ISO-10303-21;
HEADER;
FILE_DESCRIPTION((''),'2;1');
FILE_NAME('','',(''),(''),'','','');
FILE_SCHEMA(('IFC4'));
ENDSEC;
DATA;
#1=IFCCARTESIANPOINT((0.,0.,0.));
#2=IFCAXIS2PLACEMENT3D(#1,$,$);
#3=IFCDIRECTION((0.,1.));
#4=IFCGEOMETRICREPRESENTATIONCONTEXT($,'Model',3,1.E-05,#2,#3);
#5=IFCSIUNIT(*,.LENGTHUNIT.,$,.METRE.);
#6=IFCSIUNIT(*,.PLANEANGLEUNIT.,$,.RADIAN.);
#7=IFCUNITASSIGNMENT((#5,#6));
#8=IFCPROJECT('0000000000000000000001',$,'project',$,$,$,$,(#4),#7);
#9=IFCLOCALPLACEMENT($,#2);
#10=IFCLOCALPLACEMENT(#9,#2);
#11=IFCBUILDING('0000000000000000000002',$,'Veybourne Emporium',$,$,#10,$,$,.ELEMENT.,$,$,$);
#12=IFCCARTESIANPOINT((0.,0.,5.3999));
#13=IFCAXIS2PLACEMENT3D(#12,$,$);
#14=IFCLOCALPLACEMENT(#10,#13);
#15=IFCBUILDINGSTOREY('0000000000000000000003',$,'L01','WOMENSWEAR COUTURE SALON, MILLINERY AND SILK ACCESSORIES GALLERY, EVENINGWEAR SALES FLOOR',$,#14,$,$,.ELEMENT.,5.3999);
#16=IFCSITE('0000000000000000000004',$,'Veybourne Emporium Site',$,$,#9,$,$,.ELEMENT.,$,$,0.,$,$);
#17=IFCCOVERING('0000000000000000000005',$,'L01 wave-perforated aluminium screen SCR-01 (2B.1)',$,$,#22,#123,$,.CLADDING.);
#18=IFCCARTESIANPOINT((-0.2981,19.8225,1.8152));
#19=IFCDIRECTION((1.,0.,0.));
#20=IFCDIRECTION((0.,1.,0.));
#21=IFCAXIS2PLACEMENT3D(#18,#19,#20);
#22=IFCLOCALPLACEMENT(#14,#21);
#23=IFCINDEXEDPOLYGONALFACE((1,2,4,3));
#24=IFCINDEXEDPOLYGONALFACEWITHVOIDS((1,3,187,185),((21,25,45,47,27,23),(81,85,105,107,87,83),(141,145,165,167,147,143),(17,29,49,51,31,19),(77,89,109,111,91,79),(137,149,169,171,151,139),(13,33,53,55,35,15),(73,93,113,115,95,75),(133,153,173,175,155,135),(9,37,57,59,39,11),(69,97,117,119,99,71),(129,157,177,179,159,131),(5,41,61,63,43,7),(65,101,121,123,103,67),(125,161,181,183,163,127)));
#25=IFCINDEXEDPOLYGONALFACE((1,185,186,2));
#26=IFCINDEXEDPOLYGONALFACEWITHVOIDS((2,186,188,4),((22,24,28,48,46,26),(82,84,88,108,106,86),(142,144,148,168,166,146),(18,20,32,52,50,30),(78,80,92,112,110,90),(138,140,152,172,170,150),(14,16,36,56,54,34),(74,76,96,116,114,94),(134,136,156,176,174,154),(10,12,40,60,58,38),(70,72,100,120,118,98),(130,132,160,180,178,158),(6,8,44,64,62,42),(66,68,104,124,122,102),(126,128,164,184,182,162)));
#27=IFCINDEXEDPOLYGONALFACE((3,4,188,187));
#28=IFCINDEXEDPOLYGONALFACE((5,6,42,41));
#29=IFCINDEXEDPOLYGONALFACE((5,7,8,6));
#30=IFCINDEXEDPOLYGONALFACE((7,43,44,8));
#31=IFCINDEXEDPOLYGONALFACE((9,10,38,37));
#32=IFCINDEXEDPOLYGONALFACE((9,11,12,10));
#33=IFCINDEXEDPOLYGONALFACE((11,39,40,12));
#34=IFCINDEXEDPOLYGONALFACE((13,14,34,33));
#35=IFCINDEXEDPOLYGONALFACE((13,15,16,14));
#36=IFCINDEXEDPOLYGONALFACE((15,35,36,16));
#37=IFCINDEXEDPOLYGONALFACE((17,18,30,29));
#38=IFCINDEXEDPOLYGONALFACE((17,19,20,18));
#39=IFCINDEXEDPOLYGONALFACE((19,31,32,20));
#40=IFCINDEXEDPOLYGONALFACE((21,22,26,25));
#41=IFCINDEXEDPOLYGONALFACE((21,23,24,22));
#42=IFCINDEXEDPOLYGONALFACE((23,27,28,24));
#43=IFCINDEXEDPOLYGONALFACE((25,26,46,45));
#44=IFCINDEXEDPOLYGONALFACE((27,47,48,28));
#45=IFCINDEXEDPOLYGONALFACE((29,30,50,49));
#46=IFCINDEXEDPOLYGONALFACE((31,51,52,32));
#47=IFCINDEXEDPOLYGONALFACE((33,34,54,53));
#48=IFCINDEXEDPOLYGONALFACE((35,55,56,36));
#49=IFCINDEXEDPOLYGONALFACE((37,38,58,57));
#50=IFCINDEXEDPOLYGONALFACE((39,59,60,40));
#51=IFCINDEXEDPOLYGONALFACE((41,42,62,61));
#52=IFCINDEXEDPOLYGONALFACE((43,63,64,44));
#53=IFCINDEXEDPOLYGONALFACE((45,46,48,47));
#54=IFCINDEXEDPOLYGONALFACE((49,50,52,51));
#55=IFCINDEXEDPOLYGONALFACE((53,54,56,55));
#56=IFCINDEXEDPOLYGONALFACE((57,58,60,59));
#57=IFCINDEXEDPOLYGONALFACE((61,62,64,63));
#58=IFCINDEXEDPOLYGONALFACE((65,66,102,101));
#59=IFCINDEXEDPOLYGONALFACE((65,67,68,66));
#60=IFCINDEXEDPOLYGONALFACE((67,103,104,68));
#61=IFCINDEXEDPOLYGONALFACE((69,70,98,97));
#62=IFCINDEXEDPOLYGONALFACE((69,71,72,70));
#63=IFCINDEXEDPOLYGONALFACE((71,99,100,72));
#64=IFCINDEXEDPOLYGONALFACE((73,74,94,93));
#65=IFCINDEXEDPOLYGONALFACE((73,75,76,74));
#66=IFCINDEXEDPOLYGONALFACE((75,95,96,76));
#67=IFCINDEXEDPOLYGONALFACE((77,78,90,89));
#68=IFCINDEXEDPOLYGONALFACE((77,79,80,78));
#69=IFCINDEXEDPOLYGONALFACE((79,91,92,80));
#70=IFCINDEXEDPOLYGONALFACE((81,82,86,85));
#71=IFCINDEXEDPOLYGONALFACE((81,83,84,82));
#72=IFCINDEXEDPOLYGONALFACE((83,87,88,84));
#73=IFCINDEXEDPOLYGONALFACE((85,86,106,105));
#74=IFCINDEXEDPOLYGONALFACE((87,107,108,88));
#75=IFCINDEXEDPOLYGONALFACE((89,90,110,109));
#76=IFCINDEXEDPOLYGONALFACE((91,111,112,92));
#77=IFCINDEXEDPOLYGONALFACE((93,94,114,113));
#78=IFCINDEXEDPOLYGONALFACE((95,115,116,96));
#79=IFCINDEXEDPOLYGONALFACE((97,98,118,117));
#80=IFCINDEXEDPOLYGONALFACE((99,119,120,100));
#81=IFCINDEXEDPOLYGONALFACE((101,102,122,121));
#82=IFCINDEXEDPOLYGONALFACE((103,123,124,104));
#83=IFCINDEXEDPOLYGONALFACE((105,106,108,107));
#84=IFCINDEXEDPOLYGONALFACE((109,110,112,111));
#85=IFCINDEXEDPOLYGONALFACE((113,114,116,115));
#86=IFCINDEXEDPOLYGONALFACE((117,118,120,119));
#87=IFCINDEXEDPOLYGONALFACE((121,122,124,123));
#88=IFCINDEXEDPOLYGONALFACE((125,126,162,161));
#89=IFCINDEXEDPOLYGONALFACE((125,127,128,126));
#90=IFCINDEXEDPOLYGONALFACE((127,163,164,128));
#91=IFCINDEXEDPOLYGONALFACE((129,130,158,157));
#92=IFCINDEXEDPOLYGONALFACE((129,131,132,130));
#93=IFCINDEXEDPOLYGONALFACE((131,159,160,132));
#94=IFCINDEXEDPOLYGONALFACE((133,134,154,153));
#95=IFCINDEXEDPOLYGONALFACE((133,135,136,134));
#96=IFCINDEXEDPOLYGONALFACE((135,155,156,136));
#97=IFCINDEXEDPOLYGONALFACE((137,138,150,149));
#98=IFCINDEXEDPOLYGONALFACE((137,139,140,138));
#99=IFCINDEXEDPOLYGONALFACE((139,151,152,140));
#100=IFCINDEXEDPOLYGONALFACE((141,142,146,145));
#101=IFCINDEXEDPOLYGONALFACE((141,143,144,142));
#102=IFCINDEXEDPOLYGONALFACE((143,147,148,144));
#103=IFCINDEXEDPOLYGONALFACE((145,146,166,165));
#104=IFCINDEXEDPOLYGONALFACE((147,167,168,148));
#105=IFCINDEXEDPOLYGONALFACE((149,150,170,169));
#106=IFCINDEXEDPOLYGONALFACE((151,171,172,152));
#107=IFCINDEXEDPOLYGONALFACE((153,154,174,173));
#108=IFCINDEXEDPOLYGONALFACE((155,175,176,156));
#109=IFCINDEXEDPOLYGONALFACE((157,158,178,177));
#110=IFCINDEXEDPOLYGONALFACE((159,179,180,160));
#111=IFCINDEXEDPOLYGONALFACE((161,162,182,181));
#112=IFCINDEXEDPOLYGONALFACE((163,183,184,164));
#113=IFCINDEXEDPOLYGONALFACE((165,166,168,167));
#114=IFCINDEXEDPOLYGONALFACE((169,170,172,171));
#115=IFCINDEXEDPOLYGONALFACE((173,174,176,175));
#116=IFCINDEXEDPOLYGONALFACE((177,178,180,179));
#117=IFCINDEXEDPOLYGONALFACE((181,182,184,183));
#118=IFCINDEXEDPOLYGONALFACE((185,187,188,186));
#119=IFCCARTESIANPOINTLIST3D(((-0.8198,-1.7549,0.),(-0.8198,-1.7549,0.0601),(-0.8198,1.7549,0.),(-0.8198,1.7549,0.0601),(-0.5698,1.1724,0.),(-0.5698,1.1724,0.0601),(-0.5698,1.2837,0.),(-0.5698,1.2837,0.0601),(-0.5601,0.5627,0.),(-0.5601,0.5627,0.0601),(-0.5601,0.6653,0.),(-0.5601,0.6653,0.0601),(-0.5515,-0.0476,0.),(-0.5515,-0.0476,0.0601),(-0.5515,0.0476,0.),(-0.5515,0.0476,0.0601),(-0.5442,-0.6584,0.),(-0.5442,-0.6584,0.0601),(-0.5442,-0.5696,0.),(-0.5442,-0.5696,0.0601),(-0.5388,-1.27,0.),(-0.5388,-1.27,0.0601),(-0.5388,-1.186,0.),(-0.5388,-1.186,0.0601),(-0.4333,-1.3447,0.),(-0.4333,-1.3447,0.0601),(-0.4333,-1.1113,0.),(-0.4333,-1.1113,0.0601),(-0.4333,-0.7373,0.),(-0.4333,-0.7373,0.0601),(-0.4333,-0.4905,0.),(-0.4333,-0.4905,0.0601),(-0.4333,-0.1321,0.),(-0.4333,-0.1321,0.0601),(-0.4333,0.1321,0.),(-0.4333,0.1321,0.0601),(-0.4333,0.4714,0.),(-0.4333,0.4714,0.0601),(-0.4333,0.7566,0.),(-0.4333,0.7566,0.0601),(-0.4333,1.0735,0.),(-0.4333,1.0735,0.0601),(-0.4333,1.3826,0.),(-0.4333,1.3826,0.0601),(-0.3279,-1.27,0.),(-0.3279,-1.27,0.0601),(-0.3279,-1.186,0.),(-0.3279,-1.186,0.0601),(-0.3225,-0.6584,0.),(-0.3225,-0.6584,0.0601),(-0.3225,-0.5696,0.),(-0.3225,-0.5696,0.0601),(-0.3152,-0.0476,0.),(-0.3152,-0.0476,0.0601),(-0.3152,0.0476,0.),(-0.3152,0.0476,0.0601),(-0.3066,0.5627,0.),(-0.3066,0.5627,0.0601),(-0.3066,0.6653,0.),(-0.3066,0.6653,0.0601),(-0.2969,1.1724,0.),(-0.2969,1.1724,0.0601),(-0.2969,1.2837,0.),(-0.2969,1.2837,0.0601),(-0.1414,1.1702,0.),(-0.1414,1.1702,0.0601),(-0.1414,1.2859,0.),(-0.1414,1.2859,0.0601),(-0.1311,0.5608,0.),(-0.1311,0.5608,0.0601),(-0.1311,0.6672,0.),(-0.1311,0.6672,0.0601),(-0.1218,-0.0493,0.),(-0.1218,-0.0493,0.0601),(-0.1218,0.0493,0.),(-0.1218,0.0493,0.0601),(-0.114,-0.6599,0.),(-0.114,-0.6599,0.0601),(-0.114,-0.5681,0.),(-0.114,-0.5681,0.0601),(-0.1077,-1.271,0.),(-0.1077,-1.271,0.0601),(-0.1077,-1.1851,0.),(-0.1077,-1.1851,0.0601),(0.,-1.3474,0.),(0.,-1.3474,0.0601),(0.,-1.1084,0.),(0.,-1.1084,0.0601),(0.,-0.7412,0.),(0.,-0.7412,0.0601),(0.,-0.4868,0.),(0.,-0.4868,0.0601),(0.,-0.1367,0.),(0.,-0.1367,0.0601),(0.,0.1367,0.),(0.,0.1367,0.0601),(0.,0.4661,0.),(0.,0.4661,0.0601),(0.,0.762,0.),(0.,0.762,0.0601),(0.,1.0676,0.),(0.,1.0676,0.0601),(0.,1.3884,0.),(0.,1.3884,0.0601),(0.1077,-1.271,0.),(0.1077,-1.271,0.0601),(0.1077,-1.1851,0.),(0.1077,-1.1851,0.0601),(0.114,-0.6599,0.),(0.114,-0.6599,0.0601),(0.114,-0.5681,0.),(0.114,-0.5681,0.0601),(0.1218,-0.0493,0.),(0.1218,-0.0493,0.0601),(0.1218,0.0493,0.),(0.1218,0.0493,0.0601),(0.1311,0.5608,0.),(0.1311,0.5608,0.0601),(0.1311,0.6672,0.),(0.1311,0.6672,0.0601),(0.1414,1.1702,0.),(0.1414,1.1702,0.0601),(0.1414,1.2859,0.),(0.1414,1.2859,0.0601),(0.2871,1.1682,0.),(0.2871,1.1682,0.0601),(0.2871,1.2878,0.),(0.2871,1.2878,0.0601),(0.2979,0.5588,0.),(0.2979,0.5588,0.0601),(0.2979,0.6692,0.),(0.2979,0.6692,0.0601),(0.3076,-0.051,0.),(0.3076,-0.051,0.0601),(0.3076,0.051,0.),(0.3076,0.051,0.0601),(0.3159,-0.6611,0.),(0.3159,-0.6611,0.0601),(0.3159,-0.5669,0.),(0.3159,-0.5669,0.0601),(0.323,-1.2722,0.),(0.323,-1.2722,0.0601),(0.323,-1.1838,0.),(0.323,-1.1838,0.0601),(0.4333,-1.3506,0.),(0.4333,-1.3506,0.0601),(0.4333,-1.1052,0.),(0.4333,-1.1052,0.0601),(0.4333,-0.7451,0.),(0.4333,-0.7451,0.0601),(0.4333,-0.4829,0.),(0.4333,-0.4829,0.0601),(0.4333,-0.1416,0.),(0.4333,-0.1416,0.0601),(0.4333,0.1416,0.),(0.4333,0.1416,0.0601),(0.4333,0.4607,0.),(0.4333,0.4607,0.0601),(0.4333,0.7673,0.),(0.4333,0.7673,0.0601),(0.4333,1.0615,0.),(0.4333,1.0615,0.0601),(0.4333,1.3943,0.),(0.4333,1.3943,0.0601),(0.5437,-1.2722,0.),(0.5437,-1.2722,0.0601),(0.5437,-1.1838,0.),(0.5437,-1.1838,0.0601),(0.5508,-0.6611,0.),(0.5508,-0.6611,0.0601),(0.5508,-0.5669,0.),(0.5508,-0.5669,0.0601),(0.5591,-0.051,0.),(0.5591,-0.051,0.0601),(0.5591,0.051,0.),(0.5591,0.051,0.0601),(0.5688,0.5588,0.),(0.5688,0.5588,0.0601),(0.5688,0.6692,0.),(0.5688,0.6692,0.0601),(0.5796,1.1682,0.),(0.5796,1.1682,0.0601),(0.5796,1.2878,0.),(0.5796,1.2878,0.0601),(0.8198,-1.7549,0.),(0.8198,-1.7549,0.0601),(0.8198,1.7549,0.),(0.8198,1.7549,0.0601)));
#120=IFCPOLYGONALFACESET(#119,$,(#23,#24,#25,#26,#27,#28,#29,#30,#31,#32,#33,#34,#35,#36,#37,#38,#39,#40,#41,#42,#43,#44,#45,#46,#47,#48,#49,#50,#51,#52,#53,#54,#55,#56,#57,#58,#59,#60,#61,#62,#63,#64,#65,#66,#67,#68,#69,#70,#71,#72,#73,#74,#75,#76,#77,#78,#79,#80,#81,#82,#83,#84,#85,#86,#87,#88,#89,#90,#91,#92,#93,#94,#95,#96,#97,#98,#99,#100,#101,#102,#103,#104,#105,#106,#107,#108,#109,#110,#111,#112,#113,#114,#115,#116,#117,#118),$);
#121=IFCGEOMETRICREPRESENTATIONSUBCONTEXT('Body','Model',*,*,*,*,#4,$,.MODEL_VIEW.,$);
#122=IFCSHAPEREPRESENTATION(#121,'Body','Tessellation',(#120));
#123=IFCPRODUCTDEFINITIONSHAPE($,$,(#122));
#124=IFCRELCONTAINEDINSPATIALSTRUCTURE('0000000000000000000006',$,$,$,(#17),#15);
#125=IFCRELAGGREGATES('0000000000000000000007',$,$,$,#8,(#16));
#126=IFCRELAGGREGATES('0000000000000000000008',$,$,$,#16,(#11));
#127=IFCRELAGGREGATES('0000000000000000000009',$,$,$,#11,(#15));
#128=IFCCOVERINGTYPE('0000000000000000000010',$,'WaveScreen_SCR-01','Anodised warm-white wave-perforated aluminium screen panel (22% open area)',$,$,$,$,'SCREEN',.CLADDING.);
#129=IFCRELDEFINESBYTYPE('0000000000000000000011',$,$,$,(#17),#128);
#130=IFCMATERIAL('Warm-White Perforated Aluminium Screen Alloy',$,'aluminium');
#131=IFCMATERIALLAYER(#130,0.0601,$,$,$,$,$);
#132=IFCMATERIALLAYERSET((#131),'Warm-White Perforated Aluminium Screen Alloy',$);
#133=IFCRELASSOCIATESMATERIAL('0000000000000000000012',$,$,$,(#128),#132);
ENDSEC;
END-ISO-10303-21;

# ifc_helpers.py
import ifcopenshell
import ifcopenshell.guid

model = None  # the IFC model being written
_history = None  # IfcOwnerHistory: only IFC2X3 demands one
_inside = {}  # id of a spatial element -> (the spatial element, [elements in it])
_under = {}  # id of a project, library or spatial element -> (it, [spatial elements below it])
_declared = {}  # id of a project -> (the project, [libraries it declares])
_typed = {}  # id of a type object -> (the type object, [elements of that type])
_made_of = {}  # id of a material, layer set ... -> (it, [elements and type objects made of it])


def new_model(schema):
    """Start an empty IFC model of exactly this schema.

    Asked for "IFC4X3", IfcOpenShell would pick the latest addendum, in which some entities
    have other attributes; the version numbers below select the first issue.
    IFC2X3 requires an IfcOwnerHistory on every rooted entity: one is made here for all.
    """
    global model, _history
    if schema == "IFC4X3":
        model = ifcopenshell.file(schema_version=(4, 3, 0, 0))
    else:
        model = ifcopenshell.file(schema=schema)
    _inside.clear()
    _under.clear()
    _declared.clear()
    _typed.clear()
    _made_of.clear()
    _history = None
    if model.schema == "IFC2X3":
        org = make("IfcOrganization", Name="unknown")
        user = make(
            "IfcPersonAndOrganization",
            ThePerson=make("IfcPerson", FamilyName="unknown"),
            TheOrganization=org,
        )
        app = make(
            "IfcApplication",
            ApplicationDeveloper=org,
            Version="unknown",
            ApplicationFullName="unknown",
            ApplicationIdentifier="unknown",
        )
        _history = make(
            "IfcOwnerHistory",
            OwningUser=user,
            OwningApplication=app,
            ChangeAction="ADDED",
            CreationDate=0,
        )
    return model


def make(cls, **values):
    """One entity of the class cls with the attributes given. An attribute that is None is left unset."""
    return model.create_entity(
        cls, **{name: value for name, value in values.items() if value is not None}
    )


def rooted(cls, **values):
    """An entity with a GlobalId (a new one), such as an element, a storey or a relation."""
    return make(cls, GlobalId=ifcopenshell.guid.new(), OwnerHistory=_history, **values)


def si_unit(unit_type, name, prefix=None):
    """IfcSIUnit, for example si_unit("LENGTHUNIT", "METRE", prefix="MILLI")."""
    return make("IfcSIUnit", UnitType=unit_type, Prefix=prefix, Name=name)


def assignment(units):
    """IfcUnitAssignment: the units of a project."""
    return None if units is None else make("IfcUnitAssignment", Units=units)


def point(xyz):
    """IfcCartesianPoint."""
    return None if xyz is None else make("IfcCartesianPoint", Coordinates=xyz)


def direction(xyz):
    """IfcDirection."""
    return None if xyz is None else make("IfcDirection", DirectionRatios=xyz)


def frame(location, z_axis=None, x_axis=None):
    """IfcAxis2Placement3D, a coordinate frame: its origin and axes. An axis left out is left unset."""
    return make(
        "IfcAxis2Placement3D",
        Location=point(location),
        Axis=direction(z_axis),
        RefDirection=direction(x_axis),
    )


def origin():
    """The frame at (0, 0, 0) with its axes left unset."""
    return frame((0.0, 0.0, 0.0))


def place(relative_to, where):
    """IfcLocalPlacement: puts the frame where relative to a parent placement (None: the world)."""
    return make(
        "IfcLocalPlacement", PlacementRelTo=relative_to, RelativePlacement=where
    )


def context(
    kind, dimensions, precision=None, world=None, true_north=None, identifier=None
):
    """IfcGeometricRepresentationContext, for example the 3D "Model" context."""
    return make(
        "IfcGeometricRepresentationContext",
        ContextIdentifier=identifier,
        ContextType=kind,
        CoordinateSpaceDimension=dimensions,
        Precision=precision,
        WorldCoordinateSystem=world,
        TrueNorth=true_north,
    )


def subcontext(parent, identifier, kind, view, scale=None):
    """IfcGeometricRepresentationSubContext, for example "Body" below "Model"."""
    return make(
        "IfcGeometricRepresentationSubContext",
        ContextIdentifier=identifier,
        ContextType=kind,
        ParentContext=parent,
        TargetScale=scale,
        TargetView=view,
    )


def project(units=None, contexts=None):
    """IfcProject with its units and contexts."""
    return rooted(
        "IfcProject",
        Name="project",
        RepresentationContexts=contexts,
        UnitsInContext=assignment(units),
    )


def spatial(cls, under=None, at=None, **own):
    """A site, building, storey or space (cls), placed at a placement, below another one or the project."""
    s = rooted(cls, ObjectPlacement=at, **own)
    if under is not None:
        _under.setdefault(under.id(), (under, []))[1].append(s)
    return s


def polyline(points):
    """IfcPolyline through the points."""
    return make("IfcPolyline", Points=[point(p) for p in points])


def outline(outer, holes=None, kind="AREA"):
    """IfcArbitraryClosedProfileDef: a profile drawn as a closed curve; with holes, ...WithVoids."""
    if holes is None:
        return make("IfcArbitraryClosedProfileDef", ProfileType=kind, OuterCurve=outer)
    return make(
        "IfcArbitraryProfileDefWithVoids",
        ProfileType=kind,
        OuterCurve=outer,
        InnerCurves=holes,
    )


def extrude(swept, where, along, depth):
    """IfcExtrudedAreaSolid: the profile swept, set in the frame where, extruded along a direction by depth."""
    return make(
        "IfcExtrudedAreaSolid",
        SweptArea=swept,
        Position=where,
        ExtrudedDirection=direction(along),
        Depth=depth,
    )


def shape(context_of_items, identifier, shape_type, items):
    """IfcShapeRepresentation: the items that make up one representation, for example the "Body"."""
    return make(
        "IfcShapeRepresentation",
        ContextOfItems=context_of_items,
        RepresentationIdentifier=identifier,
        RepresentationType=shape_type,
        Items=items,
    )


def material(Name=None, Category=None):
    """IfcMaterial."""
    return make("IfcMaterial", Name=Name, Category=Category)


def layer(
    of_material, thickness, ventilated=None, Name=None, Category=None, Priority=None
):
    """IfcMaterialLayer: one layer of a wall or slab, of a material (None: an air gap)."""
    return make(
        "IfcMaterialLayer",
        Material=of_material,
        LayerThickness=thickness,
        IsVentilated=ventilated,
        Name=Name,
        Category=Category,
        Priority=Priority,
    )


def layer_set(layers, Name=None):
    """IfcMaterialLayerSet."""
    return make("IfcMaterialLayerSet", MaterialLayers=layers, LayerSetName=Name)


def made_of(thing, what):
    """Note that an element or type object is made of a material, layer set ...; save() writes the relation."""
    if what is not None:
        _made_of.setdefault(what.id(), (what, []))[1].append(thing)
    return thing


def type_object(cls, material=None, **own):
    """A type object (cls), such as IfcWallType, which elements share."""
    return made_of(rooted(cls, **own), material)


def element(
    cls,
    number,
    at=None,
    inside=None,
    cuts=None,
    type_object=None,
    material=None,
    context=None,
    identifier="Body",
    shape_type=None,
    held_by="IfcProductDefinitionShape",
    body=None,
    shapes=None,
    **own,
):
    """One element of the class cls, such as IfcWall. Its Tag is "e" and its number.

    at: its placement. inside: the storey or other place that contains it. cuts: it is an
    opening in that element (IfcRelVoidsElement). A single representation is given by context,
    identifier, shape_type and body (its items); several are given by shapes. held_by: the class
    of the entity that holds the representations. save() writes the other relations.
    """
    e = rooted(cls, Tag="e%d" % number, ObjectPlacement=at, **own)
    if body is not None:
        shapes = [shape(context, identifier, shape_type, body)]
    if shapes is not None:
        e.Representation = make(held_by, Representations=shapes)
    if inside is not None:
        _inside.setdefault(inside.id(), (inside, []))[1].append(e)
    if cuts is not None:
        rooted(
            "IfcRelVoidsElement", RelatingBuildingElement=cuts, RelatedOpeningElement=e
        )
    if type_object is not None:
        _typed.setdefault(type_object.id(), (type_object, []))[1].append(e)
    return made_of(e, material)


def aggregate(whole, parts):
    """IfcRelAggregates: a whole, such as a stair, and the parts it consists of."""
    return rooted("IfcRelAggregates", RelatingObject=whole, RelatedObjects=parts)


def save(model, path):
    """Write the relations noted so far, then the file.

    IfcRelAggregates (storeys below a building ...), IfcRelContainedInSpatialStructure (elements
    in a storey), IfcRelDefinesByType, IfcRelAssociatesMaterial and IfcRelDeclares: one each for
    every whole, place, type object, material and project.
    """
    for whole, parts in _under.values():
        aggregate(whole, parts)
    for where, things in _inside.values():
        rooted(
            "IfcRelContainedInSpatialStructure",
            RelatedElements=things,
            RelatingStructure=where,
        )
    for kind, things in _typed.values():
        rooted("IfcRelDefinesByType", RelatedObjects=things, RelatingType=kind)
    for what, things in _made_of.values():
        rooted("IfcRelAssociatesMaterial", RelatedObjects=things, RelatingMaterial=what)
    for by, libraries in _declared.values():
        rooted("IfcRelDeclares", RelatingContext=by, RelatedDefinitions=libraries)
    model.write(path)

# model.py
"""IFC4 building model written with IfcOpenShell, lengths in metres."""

from ifc_helpers import new_model, si_unit, direction, frame, origin, place, context, subcontext, project, spatial, polyline, outline, extrude, material, layer, layer_set, type_object, element, save


model = new_model("IFC4")

# Units and contexts
model_context = context("Model", 3, precision=1e-05, world=origin(), true_north=direction((0.0, 1.0)))
body_context = subcontext(model_context, "Body", "Model", "MODEL_VIEW")
ifc_project = project(units=[si_unit("LENGTHUNIT", "METRE"), si_unit("PLANEANGLEUNIT", "RADIAN")], contexts=[model_context])

# Site, building, storey
site_placement = place(None, origin())
site = spatial("IfcSite", under=ifc_project, at=site_placement, Name="Veybourne Emporium Site", CompositionType="ELEMENT", RefElevation=0.0)
building_placement = place(site_placement, origin())
building = spatial("IfcBuilding", under=site, at=building_placement, Name="Veybourne Emporium", CompositionType="ELEMENT")
storey_placement = place(building_placement, frame((0.0, 0.0, 5.3999)))
storey = spatial("IfcBuildingStorey", under=building, at=storey_placement, Name="L01", Description="WOMENSWEAR COUTURE SALON, MILLINERY AND SILK ACCESSORIES GALLERY, EVENINGWEAR SALES FLOOR", CompositionType="ELEMENT", Elevation=5.3999)

# Covering
ifc_material_1 = material(Name="Warm-White Perforated Aluminium Screen Alloy", Category="aluminium")
ifc_layer_1 = layer(ifc_material_1, 0.0601)
ifc_layer_set_1 = layer_set([ifc_layer_1], Name="Warm-White Perforated Aluminium Screen Alloy")
covering_type = type_object("IfcCoveringType", Name="WaveScreen_SCR-01", Description="Anodised warm-white wave-perforated aluminium screen panel (22% open area)", ElementType="SCREEN", PredefinedType="CLADDING", material=ifc_layer_set_1)
covering_1_placement = place(storey_placement, frame((-0.2981, 19.8225, 1.8152), z_axis=(1.0, 0.0, 0.0), x_axis=(0.0, 1.0, 0.0)))
element("IfcCovering", 1, at=covering_1_placement, inside=storey, type_object=covering_type, Name="L01 wave-perforated aluminium screen SCR-01 (2B.1)", PredefinedType="CLADDING", context=body_context, shape_type="SweptSolid", body=[
    extrude(outline(polyline([(-0.8198, -1.7549), (0.8198, -1.7549), (0.8198, 1.7549), (-0.8198, 1.7549), (-0.8198, -1.7549)]), holes=[polyline([(-0.4333, -1.1113), (-0.3279, -1.186), (-0.3279, -1.27), (-0.4333, -1.3447), (-0.5388, -1.27), (-0.5388, -1.186), (-0.4333, -1.1113)]), polyline([(-0.4333, -0.4905), (-0.3225, -0.5696), (-0.3225, -0.6584), (-0.4333, -0.7373), (-0.5442, -0.6584), (-0.5442, -0.5696), (-0.4333, -0.4905)]), polyline([(-0.4333, 0.1321), (-0.3152, 0.0476), (-0.3152, -0.0476), (-0.4333, -0.1321), (-0.5515, -0.0476), (-0.5515, 0.0476), (-0.4333, 0.1321)]), polyline([(-0.4333, 0.7566), (-0.3066, 0.6653), (-0.3066, 0.5627), (-0.4333, 0.4714), (-0.5601, 0.5627), (-0.5601, 0.6653), (-0.4333, 0.7566)]), polyline([(-0.4333, 1.3826), (-0.2969, 1.2837), (-0.2969, 1.1724), (-0.4333, 1.0735), (-0.5698, 1.1724), (-0.5698, 1.2837), (-0.4333, 1.3826)]), polyline([(0.0, -1.1084), (0.1077, -1.1851), (0.1077, -1.271), (0.0, -1.3474), (-0.1077, -1.271), (-0.1077, -1.1851), (0.0, -1.1084)]), polyline([(0.0, -0.4868), (0.114, -0.5681), (0.114, -0.6599), (0.0, -0.7412), (-0.114, -0.6599), (-0.114, -0.5681), (0.0, -0.4868)]), polyline([(0.0, 0.1367), (0.1218, 0.0493), (0.1218, -0.0493), (0.0, -0.1367), (-0.1218, -0.0493), (-0.1218, 0.0493), (0.0, 0.1367)]), polyline([(0.0, 0.762), (0.1311, 0.6672), (0.1311, 0.5608), (0.0, 0.4661), (-0.1311, 0.5608), (-0.1311, 0.6672), (0.0, 0.762)]), polyline([(0.0, 1.3884), (0.1414, 1.2859), (0.1414, 1.1702), (0.0, 1.0676), (-0.1414, 1.1702), (-0.1414, 1.2859), (0.0, 1.3884)]), polyline([(0.4333, -1.1052), (0.5437, -1.1838), (0.5437, -1.2722), (0.4333, -1.3506), (0.323, -1.2722), (0.323, -1.1838), (0.4333, -1.1052)]), polyline([(0.4333, -0.4829), (0.5508, -0.5669), (0.5508, -0.6611), (0.4333, -0.7451), (0.3159, -0.6611), (0.3159, -0.5669), (0.4333, -0.4829)]), polyline([(0.4333, 0.1416), (0.5591, 0.051), (0.5591, -0.051), (0.4333, -0.1416), (0.3076, -0.051), (0.3076, 0.051), (0.4333, 0.1416)]), polyline([(0.4333, 0.7673), (0.5688, 0.6692), (0.5688, 0.5588), (0.4333, 0.4607), (0.2979, 0.5588), (0.2979, 0.6692), (0.4333, 0.7673)]), polyline([(0.4333, 1.3943), (0.5796, 1.2878), (0.5796, 1.1682), (0.4333, 1.0615), (0.2871, 1.1682), (0.2871, 1.2878), (0.4333, 1.3943)])]), origin(), (0.0, 0.0, 1.0), 0.0601),
])

save(model, "model.ifc")
